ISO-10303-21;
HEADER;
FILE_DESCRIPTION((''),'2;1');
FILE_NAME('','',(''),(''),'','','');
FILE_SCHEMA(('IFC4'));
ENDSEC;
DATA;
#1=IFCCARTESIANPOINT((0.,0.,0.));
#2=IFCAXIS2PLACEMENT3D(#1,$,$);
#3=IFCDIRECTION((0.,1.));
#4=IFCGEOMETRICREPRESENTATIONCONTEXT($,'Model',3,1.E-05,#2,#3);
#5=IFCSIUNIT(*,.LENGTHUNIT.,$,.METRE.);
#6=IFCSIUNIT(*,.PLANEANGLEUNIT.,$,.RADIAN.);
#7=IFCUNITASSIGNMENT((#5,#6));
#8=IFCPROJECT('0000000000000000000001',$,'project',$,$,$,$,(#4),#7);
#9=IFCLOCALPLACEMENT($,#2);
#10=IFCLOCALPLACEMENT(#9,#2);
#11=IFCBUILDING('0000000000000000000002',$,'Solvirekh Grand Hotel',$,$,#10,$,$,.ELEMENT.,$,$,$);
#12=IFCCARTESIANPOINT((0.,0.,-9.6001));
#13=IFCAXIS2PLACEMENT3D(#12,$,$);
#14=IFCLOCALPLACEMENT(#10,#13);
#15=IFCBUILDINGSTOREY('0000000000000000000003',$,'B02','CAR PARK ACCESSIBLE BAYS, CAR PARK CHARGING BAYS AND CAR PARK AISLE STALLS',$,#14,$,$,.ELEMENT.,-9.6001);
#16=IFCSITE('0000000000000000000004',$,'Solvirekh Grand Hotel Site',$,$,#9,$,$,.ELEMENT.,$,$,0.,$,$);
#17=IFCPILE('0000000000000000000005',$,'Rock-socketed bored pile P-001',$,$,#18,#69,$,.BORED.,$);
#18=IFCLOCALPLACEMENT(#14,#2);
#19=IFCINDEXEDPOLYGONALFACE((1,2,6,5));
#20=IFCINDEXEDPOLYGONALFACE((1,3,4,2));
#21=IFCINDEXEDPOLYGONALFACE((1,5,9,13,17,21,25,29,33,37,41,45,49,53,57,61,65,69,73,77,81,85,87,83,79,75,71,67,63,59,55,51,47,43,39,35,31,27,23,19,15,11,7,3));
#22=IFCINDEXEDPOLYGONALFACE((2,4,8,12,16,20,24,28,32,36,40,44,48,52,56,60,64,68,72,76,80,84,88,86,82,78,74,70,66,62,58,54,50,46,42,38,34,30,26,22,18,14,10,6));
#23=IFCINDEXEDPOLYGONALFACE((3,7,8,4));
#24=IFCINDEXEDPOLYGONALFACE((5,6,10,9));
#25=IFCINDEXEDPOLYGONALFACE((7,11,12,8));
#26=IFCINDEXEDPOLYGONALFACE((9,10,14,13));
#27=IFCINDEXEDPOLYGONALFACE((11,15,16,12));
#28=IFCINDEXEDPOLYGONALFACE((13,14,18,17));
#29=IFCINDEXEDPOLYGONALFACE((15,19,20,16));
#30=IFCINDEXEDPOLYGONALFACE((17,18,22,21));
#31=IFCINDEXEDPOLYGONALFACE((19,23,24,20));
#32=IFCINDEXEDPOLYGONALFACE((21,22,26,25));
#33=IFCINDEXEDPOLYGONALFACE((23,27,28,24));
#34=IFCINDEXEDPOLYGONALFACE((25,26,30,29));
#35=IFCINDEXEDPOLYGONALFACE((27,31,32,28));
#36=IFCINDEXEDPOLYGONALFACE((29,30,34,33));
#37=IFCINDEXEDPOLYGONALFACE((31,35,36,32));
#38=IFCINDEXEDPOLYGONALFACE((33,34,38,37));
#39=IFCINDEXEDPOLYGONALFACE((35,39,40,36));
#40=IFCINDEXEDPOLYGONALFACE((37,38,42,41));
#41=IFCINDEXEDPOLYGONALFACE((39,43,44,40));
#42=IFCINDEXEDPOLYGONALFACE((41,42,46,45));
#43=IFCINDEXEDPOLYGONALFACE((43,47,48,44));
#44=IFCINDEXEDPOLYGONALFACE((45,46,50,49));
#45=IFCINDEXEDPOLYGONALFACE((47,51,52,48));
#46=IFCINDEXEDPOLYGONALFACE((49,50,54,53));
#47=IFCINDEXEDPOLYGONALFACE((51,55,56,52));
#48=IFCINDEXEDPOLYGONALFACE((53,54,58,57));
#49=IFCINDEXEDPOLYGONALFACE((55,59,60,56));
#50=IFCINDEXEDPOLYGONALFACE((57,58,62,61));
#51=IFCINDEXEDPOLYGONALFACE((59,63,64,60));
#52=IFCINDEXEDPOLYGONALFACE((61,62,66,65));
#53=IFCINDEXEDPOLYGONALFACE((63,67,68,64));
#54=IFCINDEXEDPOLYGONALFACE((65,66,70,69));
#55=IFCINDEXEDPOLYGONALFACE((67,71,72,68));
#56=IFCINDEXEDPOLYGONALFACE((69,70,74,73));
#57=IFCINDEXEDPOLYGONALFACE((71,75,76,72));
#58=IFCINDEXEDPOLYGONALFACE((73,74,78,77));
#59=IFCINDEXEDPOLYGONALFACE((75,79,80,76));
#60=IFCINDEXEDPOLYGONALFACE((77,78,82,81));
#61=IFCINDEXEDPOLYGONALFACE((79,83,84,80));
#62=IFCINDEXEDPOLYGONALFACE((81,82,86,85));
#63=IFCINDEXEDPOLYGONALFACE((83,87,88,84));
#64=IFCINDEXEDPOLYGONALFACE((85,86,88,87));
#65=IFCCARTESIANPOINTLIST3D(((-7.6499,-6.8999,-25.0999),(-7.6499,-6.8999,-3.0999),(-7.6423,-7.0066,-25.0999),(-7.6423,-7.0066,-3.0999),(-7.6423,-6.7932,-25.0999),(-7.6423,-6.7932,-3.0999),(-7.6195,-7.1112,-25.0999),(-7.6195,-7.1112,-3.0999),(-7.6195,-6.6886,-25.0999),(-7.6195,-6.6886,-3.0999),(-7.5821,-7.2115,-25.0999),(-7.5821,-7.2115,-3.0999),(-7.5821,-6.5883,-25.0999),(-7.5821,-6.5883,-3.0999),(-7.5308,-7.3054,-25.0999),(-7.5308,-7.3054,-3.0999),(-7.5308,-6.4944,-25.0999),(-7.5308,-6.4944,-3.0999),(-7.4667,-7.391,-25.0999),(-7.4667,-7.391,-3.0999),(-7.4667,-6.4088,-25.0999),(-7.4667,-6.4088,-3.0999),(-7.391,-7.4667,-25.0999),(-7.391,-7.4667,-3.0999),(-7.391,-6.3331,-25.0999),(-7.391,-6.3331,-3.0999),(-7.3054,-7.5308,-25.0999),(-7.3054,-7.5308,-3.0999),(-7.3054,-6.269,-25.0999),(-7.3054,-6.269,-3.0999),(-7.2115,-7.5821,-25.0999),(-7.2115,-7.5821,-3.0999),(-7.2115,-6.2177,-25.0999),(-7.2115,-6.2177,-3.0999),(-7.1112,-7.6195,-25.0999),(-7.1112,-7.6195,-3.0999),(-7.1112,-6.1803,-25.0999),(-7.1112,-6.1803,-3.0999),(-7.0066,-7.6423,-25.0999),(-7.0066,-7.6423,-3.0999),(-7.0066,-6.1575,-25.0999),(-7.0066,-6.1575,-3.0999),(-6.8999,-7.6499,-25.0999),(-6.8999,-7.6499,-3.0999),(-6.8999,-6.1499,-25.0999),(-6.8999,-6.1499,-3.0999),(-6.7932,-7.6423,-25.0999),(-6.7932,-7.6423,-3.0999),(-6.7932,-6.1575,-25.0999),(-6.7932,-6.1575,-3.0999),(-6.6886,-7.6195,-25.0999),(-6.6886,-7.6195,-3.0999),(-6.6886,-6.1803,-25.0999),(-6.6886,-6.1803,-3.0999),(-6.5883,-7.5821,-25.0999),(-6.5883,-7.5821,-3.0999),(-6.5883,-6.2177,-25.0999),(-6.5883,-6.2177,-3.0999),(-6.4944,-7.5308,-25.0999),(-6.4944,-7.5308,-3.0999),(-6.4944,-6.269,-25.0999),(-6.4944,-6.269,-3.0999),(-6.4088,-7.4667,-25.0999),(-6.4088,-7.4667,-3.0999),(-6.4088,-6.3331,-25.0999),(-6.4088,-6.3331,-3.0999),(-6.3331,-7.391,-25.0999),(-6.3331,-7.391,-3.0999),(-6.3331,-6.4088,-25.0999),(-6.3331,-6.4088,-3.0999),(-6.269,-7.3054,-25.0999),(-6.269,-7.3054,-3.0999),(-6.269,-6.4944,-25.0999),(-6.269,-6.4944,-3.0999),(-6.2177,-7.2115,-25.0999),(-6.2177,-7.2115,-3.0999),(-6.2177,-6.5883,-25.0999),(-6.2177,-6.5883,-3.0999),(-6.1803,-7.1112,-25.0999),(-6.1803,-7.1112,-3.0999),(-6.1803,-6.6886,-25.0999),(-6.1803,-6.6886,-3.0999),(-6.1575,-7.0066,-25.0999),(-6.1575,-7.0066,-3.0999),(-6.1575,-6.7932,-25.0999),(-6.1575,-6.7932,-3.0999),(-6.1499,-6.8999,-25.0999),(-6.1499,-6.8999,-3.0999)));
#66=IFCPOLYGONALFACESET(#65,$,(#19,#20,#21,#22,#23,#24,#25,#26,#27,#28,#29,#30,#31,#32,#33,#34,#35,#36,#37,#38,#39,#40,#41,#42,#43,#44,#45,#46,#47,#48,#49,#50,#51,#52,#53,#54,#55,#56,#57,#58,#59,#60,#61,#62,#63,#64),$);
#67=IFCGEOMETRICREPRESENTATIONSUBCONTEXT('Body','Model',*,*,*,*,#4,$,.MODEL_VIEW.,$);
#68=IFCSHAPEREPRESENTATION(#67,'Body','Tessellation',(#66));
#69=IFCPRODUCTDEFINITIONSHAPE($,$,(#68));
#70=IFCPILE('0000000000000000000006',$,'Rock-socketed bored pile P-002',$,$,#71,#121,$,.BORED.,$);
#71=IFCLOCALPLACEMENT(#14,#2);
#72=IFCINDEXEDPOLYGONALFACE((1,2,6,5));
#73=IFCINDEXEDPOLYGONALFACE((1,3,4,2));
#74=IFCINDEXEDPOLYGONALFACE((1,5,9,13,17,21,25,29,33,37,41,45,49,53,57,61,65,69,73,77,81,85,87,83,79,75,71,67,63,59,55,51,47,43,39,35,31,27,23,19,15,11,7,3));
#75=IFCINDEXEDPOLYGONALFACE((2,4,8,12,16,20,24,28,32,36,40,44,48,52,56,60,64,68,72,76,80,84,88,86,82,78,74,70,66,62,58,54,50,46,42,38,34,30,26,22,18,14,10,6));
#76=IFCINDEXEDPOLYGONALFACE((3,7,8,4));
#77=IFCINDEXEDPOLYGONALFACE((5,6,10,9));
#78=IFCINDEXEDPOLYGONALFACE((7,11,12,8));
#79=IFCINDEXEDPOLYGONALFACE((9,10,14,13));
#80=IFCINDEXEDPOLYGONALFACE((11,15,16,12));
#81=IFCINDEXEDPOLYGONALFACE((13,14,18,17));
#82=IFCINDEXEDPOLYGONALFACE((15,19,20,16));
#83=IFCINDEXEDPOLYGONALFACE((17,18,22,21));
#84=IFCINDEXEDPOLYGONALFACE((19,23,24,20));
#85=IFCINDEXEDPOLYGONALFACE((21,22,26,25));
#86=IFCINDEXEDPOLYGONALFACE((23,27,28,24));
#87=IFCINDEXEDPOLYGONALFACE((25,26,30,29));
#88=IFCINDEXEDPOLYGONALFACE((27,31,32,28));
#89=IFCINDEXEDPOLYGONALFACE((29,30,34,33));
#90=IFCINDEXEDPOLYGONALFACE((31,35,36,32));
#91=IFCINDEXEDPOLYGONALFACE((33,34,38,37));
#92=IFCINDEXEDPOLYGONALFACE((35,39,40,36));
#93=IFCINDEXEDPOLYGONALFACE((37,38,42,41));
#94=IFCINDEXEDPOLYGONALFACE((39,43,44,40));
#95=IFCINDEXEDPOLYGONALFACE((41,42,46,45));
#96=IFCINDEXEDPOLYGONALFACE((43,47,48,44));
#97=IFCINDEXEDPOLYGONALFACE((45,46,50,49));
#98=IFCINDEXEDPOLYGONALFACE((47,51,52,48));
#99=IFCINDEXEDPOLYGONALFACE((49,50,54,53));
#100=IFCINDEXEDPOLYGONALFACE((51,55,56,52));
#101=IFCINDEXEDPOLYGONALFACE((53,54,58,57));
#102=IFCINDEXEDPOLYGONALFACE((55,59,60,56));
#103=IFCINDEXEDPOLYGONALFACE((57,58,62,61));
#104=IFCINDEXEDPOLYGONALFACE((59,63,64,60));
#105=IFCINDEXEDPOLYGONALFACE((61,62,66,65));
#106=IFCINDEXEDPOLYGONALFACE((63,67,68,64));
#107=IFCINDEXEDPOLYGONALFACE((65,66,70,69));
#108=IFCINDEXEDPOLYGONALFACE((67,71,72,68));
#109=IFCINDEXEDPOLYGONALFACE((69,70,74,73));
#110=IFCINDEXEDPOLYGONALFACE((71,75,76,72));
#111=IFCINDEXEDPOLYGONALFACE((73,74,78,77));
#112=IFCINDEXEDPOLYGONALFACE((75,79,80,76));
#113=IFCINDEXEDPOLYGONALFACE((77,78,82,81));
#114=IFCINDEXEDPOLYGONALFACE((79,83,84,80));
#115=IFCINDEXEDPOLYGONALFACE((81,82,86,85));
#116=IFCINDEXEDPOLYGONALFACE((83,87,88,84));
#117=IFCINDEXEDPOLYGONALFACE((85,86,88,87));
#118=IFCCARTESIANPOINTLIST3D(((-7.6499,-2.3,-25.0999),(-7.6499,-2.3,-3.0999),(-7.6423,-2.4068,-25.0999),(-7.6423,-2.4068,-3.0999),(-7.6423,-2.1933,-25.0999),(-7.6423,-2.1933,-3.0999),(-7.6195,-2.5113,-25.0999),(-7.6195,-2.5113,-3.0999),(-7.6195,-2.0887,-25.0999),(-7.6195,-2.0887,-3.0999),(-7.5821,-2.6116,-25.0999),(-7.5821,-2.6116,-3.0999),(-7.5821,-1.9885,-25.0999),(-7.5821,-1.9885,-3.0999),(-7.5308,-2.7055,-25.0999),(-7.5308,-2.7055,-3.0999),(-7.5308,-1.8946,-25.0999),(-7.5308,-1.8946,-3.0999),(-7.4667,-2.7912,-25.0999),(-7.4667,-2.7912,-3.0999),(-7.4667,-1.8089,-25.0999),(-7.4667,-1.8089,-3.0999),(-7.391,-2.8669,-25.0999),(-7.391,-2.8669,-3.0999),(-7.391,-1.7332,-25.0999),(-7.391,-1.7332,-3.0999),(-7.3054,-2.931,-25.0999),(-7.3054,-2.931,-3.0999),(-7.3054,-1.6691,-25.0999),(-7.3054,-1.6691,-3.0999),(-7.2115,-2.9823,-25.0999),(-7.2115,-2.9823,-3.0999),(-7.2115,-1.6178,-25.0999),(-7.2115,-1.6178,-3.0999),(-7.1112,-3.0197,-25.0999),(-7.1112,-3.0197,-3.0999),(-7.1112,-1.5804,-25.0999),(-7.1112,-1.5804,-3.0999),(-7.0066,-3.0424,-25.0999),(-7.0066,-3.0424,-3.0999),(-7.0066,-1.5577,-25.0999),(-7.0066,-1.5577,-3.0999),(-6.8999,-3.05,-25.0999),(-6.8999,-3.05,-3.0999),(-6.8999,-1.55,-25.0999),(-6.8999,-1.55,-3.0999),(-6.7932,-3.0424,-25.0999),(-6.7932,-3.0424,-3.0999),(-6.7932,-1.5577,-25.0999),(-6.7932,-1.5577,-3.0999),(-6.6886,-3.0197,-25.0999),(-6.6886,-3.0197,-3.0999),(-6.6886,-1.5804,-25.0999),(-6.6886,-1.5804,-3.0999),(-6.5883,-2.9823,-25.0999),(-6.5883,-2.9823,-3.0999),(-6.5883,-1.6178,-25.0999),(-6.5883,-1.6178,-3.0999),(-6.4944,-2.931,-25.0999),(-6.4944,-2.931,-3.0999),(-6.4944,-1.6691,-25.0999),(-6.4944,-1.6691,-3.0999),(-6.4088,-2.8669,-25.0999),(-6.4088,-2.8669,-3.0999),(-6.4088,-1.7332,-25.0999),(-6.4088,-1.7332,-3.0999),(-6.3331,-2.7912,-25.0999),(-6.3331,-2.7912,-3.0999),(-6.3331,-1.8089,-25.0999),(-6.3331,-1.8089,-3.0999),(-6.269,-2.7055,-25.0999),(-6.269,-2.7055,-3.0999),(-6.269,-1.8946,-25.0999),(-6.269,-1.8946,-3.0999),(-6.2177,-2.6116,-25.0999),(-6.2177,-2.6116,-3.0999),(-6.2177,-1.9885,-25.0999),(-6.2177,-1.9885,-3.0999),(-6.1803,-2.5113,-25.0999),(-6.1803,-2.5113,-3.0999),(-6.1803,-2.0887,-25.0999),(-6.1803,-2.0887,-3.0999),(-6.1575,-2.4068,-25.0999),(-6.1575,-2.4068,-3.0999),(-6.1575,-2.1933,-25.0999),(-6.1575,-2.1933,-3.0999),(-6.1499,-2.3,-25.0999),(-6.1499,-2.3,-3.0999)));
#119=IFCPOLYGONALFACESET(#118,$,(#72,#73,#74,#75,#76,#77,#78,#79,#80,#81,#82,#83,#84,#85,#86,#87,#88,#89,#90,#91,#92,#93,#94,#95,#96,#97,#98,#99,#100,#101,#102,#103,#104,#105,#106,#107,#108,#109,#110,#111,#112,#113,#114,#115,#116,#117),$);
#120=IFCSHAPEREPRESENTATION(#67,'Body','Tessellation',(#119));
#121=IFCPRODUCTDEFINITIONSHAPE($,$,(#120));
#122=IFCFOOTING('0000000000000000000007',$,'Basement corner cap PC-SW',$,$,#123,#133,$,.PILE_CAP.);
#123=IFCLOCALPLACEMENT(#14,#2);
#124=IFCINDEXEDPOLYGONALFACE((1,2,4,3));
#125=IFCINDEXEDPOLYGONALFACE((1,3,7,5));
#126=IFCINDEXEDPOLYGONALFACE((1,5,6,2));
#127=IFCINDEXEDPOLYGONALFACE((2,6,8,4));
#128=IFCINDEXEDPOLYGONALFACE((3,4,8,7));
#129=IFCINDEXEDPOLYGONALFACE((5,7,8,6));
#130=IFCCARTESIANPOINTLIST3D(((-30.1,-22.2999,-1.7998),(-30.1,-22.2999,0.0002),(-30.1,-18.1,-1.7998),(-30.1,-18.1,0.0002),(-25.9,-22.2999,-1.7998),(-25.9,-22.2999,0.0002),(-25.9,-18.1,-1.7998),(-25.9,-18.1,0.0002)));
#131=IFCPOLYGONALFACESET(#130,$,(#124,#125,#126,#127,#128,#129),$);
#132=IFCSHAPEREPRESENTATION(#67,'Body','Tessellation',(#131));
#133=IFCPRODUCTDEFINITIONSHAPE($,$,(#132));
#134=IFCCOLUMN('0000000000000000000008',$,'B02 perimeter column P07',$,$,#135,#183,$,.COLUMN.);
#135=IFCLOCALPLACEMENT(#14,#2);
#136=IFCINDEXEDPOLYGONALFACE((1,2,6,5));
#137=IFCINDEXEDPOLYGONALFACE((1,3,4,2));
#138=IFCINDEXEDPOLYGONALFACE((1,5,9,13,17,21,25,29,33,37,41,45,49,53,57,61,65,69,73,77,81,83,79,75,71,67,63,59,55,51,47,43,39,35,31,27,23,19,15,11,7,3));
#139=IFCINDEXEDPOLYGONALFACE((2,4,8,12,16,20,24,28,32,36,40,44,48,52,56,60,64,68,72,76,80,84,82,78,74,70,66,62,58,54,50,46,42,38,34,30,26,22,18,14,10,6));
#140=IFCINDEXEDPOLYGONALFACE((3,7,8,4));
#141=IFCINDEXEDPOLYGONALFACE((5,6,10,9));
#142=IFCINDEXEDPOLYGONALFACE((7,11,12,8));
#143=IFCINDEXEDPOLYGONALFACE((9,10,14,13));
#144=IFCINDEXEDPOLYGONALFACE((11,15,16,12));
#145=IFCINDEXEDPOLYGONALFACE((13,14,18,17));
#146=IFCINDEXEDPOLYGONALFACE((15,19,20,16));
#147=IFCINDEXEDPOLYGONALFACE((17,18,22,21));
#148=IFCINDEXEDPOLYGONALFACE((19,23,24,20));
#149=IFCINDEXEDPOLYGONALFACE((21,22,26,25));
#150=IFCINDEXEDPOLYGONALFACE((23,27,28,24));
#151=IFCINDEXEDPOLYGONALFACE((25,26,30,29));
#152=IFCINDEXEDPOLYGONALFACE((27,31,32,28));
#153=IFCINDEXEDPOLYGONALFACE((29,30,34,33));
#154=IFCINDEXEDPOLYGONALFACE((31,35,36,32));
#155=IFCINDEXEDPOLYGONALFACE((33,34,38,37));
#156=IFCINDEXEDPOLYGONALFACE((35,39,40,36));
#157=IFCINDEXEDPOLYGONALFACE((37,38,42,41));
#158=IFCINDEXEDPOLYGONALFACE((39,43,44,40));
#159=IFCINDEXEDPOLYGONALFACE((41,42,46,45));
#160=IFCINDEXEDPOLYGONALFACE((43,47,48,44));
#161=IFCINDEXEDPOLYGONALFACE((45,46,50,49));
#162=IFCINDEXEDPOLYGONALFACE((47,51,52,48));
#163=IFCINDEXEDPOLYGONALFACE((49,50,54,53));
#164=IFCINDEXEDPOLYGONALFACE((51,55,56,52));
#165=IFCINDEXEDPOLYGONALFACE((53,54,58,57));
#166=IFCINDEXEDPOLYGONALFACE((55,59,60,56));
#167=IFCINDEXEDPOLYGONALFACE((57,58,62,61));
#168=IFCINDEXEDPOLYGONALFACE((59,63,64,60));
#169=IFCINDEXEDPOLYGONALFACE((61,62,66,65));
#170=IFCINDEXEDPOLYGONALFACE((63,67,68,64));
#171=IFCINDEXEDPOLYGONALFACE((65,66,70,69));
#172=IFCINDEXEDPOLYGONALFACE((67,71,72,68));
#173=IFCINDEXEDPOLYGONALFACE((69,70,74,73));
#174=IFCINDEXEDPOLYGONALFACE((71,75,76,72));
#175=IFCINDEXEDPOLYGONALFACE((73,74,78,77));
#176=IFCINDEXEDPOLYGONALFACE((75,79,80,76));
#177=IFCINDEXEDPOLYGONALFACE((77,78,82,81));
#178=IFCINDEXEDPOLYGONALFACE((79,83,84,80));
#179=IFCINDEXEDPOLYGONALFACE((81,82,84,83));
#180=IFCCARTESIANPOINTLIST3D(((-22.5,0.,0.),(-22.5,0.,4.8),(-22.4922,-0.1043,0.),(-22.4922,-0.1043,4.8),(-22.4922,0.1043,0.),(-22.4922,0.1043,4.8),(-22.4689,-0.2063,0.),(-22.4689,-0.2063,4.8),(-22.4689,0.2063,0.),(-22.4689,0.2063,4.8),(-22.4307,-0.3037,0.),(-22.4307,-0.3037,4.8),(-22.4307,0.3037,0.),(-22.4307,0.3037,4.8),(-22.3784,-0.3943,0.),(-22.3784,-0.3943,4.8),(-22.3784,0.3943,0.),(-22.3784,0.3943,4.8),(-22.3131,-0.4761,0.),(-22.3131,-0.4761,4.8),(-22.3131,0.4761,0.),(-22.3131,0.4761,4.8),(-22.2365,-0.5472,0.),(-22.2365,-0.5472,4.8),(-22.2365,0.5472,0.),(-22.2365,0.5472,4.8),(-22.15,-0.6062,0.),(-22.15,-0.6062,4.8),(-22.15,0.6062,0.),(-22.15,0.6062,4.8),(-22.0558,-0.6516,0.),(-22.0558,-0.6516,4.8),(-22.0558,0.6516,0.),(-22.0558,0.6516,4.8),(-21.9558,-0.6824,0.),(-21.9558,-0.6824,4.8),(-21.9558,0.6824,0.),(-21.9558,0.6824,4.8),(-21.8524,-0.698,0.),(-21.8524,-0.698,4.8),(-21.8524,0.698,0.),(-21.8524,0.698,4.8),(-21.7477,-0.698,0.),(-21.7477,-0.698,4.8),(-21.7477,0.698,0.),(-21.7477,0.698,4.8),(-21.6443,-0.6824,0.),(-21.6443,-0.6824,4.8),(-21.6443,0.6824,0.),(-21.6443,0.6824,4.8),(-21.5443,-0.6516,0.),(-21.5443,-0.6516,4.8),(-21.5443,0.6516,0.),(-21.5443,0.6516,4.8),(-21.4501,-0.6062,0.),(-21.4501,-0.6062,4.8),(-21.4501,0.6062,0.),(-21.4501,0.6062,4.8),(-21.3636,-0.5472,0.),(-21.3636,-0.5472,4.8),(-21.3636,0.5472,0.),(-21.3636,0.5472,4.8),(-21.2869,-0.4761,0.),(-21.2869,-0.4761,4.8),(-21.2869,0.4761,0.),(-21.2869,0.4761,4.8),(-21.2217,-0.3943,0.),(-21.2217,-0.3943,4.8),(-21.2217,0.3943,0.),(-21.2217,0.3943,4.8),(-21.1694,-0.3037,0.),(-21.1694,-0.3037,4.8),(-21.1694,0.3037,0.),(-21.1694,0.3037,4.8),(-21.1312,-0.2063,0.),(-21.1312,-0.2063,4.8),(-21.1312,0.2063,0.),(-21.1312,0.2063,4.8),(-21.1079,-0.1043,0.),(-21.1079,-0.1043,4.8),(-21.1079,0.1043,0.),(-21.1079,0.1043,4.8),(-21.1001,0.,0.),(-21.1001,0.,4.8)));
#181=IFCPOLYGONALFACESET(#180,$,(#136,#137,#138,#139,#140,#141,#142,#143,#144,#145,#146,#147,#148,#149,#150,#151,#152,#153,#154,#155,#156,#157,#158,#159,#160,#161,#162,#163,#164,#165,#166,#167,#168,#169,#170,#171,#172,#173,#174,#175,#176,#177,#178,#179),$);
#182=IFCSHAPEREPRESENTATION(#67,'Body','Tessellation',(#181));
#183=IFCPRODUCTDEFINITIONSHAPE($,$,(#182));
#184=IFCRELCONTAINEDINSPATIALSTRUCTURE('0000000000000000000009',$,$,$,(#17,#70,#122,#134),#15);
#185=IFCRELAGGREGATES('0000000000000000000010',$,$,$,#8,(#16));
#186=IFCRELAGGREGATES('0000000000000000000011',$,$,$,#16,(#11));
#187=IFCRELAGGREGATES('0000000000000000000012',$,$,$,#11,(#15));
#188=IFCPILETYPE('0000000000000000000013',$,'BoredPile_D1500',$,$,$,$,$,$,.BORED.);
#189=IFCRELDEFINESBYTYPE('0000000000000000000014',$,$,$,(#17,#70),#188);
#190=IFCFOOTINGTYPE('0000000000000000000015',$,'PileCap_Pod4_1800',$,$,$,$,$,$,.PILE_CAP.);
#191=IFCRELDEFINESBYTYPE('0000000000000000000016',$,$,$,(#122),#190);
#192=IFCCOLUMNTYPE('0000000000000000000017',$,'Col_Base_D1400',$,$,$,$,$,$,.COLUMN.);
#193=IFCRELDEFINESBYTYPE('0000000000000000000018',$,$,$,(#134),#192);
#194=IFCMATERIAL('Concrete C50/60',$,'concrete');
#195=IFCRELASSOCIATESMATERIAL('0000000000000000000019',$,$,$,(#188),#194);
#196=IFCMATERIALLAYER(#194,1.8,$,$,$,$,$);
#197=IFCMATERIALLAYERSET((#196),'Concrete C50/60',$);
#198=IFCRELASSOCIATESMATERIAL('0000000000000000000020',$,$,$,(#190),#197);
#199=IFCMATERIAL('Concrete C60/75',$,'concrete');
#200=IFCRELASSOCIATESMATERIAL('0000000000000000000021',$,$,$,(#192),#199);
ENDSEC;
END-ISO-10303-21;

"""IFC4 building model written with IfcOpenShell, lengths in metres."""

from ifc_helpers import new_model, si_unit, direction, frame, origin, origin_2d, place, context, subcontext, project, spatial, rectangle, circle, extrude, material, layer, layer_set, material_profile, profile_set, type_object, element, save


model = new_model("IFC4")

# Units and contexts
model_context = context("Model", 3, precision=1e-05, world=origin(), true_north=direction((0.0, 1.0)))
body_context = subcontext(model_context, "Body", "Model", "MODEL_VIEW")
ifc_project = project(units=[si_unit("LENGTHUNIT", "METRE"), si_unit("PLANEANGLEUNIT", "RADIAN")], contexts=[model_context])

# Site, building, storey
site_placement = place(None, origin())
site = spatial("IfcSite", under=ifc_project, at=site_placement, Name="Solvirekh Grand Hotel Site", CompositionType="ELEMENT", RefElevation=0.0)
building_placement = place(site_placement, origin())
building = spatial("IfcBuilding", under=site, at=building_placement, Name="Solvirekh Grand Hotel", CompositionType="ELEMENT")
storey_placement = place(building_placement, frame((0.0, 0.0, -9.6001)))
storey = spatial("IfcBuildingStorey", under=building, at=storey_placement, Name="B02", Description="CAR PARK ACCESSIBLE BAYS, CAR PARK CHARGING BAYS AND CAR PARK AISLE STALLS", CompositionType="ELEMENT", Elevation=-9.6001)

# Piles
ifc_material_1 = material(Name="Concrete C50/60", Category="concrete")
ifc_material_profile_1 = material_profile(ifc_material_1, circle(Radius=0.75, at=origin_2d()), Name="BORED PILE D1500")
ifc_profile_set_1 = profile_set([ifc_material_profile_1], Name="Concrete C50/60")
pile_type_1 = type_object("IfcPileType", Name="BoredPile_D1500", PredefinedType="BORED", material=ifc_profile_set_1)
for number, where, z_axis, x_axis, name in (
    (1, (-6.8999, -6.8999, -3.0999), (0.0, 0.0, -1.0), (1.0, 0.0, 0.0), "Rock-socketed bored pile P-001"),
    (2, (-6.8999, -2.3, -3.0999), (0.0, 0.0, -1.0), (1.0, 0.0, 0.0), "Rock-socketed bored pile P-002"),
):
    element("IfcPile", number, at=place(storey_placement, frame(where, z_axis=z_axis, x_axis=x_axis)), inside=storey, type_object=pile_type_1, Name=name, PredefinedType="BORED", context=body_context, shape_type="SweptSolid", body=[
        extrude(circle(Radius=0.75, at=origin_2d()), origin(), (0.0, 0.0, 1.0), 22.0),
    ])

# Footing
ifc_layer_1 = layer(ifc_material_1, 1.8)
ifc_layer_set_1 = layer_set([ifc_layer_1], Name="Concrete C50/60")
footing_type = type_object("IfcFootingType", Name="PileCap_Pod4_1800", PredefinedType="PILE_CAP", material=ifc_layer_set_1)
footing_placement = place(storey_placement, frame((-28.0, -20.2, -1.7998), z_axis=(0.0, 0.0, 1.0), x_axis=(1.0, 0.0, 0.0)))
element("IfcFooting", 3, at=footing_placement, inside=storey, type_object=footing_type, Name="Basement corner cap PC-SW", PredefinedType="PILE_CAP", context=body_context, shape_type="SweptSolid", body=[
    extrude(rectangle(XDim=4.2, YDim=4.2, at=origin_2d()), origin(), (0.0, 0.0, 1.0), 1.8),
])

# Column
ifc_material_2 = material(Name="Concrete C60/75", Category="concrete")
ifc_material_profile_2 = material_profile(ifc_material_2, circle(Radius=0.7, at=origin_2d()), Name="RC CIRC D1400")
ifc_profile_set_2 = profile_set([ifc_material_profile_2], Name="Concrete C60/75")
column_type_1 = type_object("IfcColumnType", Name="Col_Base_D1400", PredefinedType="COLUMN", material=ifc_profile_set_2)
for number, where, z_axis, x_axis, name in (
    (4, (-21.8, 0.0, 0.0), (0.0, 0.0, 1.0), (1.0, 0.0, 0.0), "B02 perimeter column P07"),
):
    element("IfcColumn", number, at=place(storey_placement, frame(where, z_axis=z_axis, x_axis=x_axis)), inside=storey, type_object=column_type_1, Name=name, PredefinedType="COLUMN", context=body_context, shape_type="SweptSolid", body=[
        extrude(circle(Radius=0.7, at=origin_2d()), origin(), (0.0, 0.0, 1.0), 4.8),
    ])

save(model, "model.ifc")
